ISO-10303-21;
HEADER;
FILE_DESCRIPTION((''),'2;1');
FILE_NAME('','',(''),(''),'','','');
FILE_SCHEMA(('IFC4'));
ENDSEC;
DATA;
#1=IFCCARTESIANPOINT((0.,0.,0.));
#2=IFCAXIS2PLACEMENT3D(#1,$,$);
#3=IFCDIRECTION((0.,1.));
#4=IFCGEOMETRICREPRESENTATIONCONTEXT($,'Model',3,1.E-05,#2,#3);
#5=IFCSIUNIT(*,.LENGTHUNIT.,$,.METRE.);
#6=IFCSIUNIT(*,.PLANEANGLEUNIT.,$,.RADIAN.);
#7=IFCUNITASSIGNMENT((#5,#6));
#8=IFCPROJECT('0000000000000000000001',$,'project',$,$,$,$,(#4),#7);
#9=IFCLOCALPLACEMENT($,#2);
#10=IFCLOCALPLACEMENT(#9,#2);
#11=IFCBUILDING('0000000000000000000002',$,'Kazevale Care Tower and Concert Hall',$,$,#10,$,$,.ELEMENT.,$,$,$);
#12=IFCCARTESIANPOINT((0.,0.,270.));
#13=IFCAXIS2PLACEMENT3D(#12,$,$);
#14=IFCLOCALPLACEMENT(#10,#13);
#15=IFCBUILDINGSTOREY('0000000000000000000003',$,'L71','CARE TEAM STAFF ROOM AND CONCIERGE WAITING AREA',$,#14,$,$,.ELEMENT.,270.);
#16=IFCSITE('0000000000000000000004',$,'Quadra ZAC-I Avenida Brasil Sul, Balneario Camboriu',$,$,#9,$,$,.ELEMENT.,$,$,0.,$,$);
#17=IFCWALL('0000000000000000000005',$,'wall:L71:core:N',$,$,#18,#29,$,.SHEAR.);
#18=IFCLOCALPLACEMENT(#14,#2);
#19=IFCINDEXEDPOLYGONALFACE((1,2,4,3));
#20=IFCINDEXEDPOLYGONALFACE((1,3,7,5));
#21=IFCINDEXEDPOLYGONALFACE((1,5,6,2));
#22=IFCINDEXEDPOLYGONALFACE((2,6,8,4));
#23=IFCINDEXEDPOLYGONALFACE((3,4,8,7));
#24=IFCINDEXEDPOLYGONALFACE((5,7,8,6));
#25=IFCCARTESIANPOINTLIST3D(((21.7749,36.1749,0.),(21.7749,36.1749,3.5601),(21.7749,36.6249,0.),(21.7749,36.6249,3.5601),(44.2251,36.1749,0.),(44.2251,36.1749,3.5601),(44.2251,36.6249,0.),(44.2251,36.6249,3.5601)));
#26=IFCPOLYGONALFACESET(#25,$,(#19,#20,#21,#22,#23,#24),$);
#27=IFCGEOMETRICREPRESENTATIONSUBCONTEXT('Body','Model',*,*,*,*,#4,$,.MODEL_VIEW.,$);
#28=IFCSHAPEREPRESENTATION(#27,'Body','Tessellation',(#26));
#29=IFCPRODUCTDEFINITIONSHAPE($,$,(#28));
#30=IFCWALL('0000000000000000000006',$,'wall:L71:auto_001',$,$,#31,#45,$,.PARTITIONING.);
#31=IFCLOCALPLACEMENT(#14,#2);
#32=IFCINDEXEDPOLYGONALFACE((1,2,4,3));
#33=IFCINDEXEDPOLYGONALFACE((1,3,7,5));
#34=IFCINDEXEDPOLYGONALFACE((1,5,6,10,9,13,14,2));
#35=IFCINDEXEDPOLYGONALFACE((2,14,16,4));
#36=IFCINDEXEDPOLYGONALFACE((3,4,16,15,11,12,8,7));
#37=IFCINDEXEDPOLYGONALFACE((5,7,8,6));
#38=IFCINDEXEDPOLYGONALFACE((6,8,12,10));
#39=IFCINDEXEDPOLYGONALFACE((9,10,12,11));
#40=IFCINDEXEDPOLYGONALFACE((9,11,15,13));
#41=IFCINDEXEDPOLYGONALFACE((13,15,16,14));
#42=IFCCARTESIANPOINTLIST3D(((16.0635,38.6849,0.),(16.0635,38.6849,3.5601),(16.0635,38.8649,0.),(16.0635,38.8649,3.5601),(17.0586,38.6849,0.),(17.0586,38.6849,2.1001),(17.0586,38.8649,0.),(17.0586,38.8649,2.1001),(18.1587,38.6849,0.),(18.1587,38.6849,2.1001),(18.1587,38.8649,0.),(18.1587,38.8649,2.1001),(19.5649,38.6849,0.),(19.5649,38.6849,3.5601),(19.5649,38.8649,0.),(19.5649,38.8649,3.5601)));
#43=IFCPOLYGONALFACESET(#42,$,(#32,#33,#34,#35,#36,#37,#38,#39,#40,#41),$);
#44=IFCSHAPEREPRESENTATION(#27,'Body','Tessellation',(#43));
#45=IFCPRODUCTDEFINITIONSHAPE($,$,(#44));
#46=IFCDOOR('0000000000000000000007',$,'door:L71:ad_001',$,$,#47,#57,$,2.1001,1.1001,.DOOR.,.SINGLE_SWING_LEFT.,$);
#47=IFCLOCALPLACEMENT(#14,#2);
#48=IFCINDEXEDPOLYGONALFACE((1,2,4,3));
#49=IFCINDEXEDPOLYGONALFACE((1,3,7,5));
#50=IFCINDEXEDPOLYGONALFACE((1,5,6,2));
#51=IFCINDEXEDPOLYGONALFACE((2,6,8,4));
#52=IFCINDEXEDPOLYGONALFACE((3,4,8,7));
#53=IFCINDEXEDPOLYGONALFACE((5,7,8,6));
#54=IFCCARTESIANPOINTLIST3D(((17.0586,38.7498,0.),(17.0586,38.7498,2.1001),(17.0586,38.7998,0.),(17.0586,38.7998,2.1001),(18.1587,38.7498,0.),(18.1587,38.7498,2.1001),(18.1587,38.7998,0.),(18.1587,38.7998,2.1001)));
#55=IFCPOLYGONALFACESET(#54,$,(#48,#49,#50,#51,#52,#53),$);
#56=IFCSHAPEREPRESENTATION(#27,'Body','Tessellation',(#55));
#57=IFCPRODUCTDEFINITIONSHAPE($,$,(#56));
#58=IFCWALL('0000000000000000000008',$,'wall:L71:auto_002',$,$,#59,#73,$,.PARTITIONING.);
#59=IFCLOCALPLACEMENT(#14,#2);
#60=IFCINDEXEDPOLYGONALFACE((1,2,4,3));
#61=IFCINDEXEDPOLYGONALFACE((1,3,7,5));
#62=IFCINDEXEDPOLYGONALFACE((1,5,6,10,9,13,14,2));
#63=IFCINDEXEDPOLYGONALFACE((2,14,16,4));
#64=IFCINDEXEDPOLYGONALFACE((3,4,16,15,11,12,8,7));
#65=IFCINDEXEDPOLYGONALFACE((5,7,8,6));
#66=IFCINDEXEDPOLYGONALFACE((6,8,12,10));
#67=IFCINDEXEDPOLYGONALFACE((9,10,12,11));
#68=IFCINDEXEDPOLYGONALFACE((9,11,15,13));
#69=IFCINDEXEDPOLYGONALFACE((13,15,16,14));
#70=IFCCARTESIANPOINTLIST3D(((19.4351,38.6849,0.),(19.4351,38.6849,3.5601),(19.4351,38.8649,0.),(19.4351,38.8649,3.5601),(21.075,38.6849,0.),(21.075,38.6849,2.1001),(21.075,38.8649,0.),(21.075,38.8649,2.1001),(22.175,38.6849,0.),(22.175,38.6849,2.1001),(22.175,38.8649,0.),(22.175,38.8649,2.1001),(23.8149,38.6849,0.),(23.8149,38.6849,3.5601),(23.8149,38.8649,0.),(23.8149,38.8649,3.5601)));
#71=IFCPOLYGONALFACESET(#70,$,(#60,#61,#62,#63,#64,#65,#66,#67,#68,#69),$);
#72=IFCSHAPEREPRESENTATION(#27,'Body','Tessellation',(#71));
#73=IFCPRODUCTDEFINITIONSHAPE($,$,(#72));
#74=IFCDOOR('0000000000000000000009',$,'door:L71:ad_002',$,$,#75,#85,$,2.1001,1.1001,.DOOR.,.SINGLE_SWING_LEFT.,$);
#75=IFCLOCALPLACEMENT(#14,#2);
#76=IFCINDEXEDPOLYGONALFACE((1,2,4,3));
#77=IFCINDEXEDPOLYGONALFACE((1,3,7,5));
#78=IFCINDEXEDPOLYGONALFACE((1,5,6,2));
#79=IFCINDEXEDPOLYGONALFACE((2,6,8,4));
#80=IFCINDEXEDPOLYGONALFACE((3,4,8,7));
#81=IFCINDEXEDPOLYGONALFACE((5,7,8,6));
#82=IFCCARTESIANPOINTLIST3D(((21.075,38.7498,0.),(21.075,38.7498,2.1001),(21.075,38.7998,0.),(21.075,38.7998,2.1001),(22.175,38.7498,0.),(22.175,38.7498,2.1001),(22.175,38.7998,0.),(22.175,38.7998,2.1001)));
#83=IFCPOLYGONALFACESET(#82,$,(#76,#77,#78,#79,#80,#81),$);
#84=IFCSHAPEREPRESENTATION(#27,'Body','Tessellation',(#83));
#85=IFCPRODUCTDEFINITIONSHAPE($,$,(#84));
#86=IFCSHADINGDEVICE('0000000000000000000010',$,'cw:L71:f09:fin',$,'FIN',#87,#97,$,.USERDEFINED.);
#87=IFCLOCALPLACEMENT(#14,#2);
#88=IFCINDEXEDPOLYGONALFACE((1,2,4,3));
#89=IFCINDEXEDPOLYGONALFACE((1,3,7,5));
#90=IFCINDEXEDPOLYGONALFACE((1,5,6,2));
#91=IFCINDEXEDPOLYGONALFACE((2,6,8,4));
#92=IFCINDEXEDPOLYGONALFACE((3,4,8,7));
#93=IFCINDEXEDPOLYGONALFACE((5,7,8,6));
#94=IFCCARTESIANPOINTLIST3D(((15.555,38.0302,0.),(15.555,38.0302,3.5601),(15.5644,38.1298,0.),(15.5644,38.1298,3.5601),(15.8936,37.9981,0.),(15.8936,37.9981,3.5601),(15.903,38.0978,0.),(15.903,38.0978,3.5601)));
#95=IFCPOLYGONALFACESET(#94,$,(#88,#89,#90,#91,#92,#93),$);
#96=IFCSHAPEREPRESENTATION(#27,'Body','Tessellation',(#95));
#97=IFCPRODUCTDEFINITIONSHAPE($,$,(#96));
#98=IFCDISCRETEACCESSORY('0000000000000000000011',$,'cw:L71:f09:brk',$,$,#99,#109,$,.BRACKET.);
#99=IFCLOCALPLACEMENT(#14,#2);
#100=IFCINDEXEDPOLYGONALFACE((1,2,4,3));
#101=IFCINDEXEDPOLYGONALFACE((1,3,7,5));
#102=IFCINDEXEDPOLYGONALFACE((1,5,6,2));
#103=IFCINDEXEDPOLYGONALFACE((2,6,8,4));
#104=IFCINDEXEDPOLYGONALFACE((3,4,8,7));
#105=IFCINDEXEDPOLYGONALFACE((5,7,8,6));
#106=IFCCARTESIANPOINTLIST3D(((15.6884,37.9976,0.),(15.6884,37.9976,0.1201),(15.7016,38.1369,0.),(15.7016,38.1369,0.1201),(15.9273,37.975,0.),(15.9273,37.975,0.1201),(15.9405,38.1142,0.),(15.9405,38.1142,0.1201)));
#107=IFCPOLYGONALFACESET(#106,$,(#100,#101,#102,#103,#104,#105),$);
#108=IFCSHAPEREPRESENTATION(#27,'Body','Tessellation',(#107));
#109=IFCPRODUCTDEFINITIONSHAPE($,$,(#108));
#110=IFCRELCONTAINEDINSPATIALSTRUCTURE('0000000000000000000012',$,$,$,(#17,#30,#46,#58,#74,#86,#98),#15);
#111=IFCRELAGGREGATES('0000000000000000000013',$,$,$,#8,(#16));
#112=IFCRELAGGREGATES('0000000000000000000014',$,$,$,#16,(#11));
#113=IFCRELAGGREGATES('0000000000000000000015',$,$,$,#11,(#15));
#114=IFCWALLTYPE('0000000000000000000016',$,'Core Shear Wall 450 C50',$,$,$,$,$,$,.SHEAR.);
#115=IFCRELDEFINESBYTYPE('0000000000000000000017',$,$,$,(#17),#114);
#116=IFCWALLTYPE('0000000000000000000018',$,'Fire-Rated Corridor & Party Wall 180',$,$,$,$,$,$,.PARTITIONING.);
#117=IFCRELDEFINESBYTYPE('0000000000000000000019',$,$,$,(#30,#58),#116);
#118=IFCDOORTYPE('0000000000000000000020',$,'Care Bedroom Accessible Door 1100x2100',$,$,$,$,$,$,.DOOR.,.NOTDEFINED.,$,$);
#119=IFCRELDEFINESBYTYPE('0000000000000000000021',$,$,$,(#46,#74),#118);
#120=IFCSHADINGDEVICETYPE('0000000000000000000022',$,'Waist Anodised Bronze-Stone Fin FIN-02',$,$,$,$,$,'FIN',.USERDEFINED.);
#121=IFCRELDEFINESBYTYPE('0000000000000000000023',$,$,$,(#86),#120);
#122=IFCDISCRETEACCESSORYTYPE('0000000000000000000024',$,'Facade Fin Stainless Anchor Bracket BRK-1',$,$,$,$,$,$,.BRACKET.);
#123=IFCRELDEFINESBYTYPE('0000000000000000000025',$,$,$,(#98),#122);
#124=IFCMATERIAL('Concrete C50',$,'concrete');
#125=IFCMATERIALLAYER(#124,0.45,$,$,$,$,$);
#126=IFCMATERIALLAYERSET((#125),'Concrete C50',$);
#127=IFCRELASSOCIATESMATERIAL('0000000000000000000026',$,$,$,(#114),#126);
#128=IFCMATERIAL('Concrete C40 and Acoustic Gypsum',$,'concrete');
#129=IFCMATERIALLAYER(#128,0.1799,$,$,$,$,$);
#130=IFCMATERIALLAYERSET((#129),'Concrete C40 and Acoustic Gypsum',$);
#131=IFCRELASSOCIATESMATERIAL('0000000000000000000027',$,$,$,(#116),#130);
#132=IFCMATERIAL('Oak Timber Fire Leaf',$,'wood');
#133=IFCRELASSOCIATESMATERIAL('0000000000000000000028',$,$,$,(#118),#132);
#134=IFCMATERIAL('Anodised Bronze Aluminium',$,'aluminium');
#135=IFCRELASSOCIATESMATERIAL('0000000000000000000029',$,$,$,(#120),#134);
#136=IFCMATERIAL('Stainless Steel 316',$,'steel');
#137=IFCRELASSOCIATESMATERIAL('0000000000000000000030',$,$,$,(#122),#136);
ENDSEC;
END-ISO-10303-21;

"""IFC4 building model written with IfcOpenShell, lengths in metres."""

from ifc_helpers import new_model, si_unit, direction, frame, frame_2d, origin, origin_2d, place, context, subcontext, project, spatial, rectangle, extrude, material, layer, layer_set, type_object, element, fill, save


model = new_model("IFC4")

# Units and contexts
model_context = context("Model", 3, precision=1e-05, world=origin(), true_north=direction((0.0, 1.0)))
body_context = subcontext(model_context, "Body", "Model", "MODEL_VIEW")
ifc_project = project(units=[si_unit("LENGTHUNIT", "METRE"), si_unit("PLANEANGLEUNIT", "RADIAN")], contexts=[model_context])

# Site, building, storey
site_placement = place(None, origin())
site = spatial("IfcSite", under=ifc_project, at=site_placement, Name="Quadra ZAC-I Avenida Brasil Sul, Balneario Camboriu", CompositionType="ELEMENT", RefElevation=0.0)
building_placement = place(site_placement, origin())
building = spatial("IfcBuilding", under=site, at=building_placement, Name="Kazevale Care Tower and Concert Hall", CompositionType="ELEMENT")
storey_placement = place(building_placement, frame((0.0, 0.0, 270.0)))
storey = spatial("IfcBuildingStorey", under=building, at=storey_placement, Name="L71", Description="CARE TEAM STAFF ROOM AND CONCIERGE WAITING AREA", CompositionType="ELEMENT", Elevation=270.0)

# Shared definitions
ifc_material_1 = material(Name="Concrete C50", Category="concrete")

# Wall
ifc_layer_1 = layer(ifc_material_1, 0.45)
ifc_layer_set_1 = layer_set([ifc_layer_1], Name="Concrete C50")
wall_type_1 = type_object("IfcWallType", Name="Core Shear Wall 450 C50", PredefinedType="SHEAR", material=ifc_layer_set_1)
wall_1_placement = place(storey_placement, frame((21.7749, 36.3999, 0.0), z_axis=(0.0, 0.0, 1.0), x_axis=(1.0, 0.0, 0.0)))
element("IfcWall", 1, at=wall_1_placement, inside=storey, type_object=wall_type_1, Name="wall:L71:core:N", PredefinedType="SHEAR", context=body_context, shape_type="SweptSolid", body=[
    extrude(rectangle(XDim=22.4502, YDim=0.45, at=frame_2d((11.2251, 0.0))), origin(), (0.0, 0.0, 1.0), 3.5601),
])

# Walls, openings, doors
ifc_material_2 = material(Name="Concrete C40 and Acoustic Gypsum", Category="concrete")
ifc_layer_2 = layer(ifc_material_2, 0.1799)
ifc_layer_set_2 = layer_set([ifc_layer_2], Name="Concrete C40 and Acoustic Gypsum")
wall_type_2 = type_object("IfcWallType", Name="Fire-Rated Corridor & Party Wall 180", PredefinedType="PARTITIONING", material=ifc_layer_set_2)
wall_2_placement = place(storey_placement, frame((16.0635, 38.7749, 0.0), z_axis=(0.0, 0.0, 1.0), x_axis=(1.0, 0.0, 0.0)))
wall_2 = element("IfcWall", 2, at=wall_2_placement, inside=storey, type_object=wall_type_2, Name="wall:L71:auto_001", PredefinedType="PARTITIONING", context=body_context, shape_type="SweptSolid", body=[
    extrude(rectangle(XDim=3.5015, YDim=0.1799, at=frame_2d((1.7507, 0.0))), origin(), (0.0, 0.0, 1.0), 3.5601),
])
opening_1_placement = place(wall_2_placement, frame((0.9951, 0.0, 0.0)))
opening_1 = element("IfcOpeningElement", 3, at=opening_1_placement, cuts=wall_2, PredefinedType="OPENING", context=body_context, shape_type="SweptSolid", body=[
    extrude(rectangle(XDim=1.1001, YDim=2.1001, at=frame_2d((0.55, 1.05))), frame((0.0, 0.0999, 0.0), z_axis=(0.0, -1.0, 0.0), x_axis=(1.0, 0.0, 0.0)), (0.0, 0.0, 1.0), 0.2),
])
ifc_material_3 = material(Name="Oak Timber Fire Leaf", Category="wood")
door_type = type_object("IfcDoorType", Name="Care Bedroom Accessible Door 1100x2100", OperationType="NOTDEFINED", PredefinedType="DOOR", material=ifc_material_3)
door_1_placement = place(opening_1_placement, origin())
door_1 = element("IfcDoor", 4, at=door_1_placement, inside=storey, type_object=door_type, Name="door:L71:ad_001", OperationType="SINGLE_SWING_LEFT", OverallHeight=2.1001, OverallWidth=1.1001, PredefinedType="DOOR", context=body_context, shape_type="SweptSolid", body=[
    extrude(rectangle(XDim=1.1001, YDim=2.1001, at=frame_2d((0.55, 1.05))), frame((0.0, 0.0249, 0.0), z_axis=(0.0, -1.0, 0.0), x_axis=(1.0, 0.0, 0.0)), (0.0, 0.0, 1.0), 0.05),
])
fill(opening_1, door_1)
wall_3_placement = place(storey_placement, frame((19.4351, 38.7749, 0.0), z_axis=(0.0, 0.0, 1.0), x_axis=(1.0, 0.0, 0.0)))
wall_3 = element("IfcWall", 5, at=wall_3_placement, inside=storey, type_object=wall_type_2, Name="wall:L71:auto_002", PredefinedType="PARTITIONING", context=body_context, shape_type="SweptSolid", body=[
    extrude(rectangle(XDim=4.3799, YDim=0.1799, at=frame_2d((2.1899, 0.0))), origin(), (0.0, 0.0, 1.0), 3.5601),
])
opening_2_placement = place(wall_3_placement, frame((1.6399, 0.0, 0.0)))
opening_2 = element("IfcOpeningElement", 6, at=opening_2_placement, cuts=wall_3, PredefinedType="OPENING", context=body_context, shape_type="SweptSolid", body=[
    extrude(rectangle(XDim=1.1001, YDim=2.1001, at=frame_2d((0.55, 1.05))), frame((0.0, 0.0999, 0.0), z_axis=(0.0, -1.0, 0.0), x_axis=(1.0, 0.0, 0.0)), (0.0, 0.0, 1.0), 0.2),
])
door_2_placement = place(opening_2_placement, origin())
door_2 = element("IfcDoor", 7, at=door_2_placement, inside=storey, type_object=door_type, Name="door:L71:ad_002", OperationType="SINGLE_SWING_LEFT", OverallHeight=2.1001, OverallWidth=1.1001, PredefinedType="DOOR", context=body_context, shape_type="SweptSolid", body=[
    extrude(rectangle(XDim=1.1001, YDim=2.1001, at=frame_2d((0.55, 1.05))), frame((0.0, 0.0249, 0.0), z_axis=(0.0, -1.0, 0.0), x_axis=(1.0, 0.0, 0.0)), (0.0, 0.0, 1.0), 0.05),
])
fill(opening_2, door_2)

# Shading device
ifc_material_4 = material(Name="Anodised Bronze Aluminium", Category="aluminium")
shading_device_type = type_object("IfcShadingDeviceType", Name="Waist Anodised Bronze-Stone Fin FIN-02", ElementType="FIN", PredefinedType="USERDEFINED", material=ifc_material_4)
shading_device_placement = place(storey_placement, frame((15.729, 38.064, 0.0), z_axis=(0.0, 0.0, 1.0), x_axis=(-0.995546, 0.094282, 0.0)))
element("IfcShadingDevice", 8, at=shading_device_placement, inside=storey, type_object=shading_device_type, Name="cw:L71:f09:fin", ObjectType="FIN", PredefinedType="USERDEFINED", context=body_context, shape_type="SweptSolid", body=[
    extrude(rectangle(XDim=0.3401, YDim=0.1001, at=origin_2d()), origin(), (0.0, 0.0, 1.0), 3.5601),
])

# Discrete accessory
ifc_material_5 = material(Name="Stainless Steel 316", Category="steel")
discrete_accessory_type = type_object("IfcDiscreteAccessoryType", Name="Facade Fin Stainless Anchor Bracket BRK-1", PredefinedType="BRACKET", material=ifc_material_5)
discrete_accessory_placement = place(storey_placement, frame((15.8145, 38.0559, 0.0), z_axis=(0.0, 0.0, 1.0), x_axis=(-0.995546, 0.094282, 0.0)))
element("IfcDiscreteAccessory", 9, at=discrete_accessory_placement, inside=storey, type_object=discrete_accessory_type, Name="cw:L71:f09:brk", PredefinedType="BRACKET", context=body_context, shape_type="SweptSolid", body=[
    extrude(rectangle(XDim=0.24, YDim=0.1399, at=origin_2d()), origin(), (0.0, 0.0, 1.0), 0.1201),
])

save(model, "model.ifc")
